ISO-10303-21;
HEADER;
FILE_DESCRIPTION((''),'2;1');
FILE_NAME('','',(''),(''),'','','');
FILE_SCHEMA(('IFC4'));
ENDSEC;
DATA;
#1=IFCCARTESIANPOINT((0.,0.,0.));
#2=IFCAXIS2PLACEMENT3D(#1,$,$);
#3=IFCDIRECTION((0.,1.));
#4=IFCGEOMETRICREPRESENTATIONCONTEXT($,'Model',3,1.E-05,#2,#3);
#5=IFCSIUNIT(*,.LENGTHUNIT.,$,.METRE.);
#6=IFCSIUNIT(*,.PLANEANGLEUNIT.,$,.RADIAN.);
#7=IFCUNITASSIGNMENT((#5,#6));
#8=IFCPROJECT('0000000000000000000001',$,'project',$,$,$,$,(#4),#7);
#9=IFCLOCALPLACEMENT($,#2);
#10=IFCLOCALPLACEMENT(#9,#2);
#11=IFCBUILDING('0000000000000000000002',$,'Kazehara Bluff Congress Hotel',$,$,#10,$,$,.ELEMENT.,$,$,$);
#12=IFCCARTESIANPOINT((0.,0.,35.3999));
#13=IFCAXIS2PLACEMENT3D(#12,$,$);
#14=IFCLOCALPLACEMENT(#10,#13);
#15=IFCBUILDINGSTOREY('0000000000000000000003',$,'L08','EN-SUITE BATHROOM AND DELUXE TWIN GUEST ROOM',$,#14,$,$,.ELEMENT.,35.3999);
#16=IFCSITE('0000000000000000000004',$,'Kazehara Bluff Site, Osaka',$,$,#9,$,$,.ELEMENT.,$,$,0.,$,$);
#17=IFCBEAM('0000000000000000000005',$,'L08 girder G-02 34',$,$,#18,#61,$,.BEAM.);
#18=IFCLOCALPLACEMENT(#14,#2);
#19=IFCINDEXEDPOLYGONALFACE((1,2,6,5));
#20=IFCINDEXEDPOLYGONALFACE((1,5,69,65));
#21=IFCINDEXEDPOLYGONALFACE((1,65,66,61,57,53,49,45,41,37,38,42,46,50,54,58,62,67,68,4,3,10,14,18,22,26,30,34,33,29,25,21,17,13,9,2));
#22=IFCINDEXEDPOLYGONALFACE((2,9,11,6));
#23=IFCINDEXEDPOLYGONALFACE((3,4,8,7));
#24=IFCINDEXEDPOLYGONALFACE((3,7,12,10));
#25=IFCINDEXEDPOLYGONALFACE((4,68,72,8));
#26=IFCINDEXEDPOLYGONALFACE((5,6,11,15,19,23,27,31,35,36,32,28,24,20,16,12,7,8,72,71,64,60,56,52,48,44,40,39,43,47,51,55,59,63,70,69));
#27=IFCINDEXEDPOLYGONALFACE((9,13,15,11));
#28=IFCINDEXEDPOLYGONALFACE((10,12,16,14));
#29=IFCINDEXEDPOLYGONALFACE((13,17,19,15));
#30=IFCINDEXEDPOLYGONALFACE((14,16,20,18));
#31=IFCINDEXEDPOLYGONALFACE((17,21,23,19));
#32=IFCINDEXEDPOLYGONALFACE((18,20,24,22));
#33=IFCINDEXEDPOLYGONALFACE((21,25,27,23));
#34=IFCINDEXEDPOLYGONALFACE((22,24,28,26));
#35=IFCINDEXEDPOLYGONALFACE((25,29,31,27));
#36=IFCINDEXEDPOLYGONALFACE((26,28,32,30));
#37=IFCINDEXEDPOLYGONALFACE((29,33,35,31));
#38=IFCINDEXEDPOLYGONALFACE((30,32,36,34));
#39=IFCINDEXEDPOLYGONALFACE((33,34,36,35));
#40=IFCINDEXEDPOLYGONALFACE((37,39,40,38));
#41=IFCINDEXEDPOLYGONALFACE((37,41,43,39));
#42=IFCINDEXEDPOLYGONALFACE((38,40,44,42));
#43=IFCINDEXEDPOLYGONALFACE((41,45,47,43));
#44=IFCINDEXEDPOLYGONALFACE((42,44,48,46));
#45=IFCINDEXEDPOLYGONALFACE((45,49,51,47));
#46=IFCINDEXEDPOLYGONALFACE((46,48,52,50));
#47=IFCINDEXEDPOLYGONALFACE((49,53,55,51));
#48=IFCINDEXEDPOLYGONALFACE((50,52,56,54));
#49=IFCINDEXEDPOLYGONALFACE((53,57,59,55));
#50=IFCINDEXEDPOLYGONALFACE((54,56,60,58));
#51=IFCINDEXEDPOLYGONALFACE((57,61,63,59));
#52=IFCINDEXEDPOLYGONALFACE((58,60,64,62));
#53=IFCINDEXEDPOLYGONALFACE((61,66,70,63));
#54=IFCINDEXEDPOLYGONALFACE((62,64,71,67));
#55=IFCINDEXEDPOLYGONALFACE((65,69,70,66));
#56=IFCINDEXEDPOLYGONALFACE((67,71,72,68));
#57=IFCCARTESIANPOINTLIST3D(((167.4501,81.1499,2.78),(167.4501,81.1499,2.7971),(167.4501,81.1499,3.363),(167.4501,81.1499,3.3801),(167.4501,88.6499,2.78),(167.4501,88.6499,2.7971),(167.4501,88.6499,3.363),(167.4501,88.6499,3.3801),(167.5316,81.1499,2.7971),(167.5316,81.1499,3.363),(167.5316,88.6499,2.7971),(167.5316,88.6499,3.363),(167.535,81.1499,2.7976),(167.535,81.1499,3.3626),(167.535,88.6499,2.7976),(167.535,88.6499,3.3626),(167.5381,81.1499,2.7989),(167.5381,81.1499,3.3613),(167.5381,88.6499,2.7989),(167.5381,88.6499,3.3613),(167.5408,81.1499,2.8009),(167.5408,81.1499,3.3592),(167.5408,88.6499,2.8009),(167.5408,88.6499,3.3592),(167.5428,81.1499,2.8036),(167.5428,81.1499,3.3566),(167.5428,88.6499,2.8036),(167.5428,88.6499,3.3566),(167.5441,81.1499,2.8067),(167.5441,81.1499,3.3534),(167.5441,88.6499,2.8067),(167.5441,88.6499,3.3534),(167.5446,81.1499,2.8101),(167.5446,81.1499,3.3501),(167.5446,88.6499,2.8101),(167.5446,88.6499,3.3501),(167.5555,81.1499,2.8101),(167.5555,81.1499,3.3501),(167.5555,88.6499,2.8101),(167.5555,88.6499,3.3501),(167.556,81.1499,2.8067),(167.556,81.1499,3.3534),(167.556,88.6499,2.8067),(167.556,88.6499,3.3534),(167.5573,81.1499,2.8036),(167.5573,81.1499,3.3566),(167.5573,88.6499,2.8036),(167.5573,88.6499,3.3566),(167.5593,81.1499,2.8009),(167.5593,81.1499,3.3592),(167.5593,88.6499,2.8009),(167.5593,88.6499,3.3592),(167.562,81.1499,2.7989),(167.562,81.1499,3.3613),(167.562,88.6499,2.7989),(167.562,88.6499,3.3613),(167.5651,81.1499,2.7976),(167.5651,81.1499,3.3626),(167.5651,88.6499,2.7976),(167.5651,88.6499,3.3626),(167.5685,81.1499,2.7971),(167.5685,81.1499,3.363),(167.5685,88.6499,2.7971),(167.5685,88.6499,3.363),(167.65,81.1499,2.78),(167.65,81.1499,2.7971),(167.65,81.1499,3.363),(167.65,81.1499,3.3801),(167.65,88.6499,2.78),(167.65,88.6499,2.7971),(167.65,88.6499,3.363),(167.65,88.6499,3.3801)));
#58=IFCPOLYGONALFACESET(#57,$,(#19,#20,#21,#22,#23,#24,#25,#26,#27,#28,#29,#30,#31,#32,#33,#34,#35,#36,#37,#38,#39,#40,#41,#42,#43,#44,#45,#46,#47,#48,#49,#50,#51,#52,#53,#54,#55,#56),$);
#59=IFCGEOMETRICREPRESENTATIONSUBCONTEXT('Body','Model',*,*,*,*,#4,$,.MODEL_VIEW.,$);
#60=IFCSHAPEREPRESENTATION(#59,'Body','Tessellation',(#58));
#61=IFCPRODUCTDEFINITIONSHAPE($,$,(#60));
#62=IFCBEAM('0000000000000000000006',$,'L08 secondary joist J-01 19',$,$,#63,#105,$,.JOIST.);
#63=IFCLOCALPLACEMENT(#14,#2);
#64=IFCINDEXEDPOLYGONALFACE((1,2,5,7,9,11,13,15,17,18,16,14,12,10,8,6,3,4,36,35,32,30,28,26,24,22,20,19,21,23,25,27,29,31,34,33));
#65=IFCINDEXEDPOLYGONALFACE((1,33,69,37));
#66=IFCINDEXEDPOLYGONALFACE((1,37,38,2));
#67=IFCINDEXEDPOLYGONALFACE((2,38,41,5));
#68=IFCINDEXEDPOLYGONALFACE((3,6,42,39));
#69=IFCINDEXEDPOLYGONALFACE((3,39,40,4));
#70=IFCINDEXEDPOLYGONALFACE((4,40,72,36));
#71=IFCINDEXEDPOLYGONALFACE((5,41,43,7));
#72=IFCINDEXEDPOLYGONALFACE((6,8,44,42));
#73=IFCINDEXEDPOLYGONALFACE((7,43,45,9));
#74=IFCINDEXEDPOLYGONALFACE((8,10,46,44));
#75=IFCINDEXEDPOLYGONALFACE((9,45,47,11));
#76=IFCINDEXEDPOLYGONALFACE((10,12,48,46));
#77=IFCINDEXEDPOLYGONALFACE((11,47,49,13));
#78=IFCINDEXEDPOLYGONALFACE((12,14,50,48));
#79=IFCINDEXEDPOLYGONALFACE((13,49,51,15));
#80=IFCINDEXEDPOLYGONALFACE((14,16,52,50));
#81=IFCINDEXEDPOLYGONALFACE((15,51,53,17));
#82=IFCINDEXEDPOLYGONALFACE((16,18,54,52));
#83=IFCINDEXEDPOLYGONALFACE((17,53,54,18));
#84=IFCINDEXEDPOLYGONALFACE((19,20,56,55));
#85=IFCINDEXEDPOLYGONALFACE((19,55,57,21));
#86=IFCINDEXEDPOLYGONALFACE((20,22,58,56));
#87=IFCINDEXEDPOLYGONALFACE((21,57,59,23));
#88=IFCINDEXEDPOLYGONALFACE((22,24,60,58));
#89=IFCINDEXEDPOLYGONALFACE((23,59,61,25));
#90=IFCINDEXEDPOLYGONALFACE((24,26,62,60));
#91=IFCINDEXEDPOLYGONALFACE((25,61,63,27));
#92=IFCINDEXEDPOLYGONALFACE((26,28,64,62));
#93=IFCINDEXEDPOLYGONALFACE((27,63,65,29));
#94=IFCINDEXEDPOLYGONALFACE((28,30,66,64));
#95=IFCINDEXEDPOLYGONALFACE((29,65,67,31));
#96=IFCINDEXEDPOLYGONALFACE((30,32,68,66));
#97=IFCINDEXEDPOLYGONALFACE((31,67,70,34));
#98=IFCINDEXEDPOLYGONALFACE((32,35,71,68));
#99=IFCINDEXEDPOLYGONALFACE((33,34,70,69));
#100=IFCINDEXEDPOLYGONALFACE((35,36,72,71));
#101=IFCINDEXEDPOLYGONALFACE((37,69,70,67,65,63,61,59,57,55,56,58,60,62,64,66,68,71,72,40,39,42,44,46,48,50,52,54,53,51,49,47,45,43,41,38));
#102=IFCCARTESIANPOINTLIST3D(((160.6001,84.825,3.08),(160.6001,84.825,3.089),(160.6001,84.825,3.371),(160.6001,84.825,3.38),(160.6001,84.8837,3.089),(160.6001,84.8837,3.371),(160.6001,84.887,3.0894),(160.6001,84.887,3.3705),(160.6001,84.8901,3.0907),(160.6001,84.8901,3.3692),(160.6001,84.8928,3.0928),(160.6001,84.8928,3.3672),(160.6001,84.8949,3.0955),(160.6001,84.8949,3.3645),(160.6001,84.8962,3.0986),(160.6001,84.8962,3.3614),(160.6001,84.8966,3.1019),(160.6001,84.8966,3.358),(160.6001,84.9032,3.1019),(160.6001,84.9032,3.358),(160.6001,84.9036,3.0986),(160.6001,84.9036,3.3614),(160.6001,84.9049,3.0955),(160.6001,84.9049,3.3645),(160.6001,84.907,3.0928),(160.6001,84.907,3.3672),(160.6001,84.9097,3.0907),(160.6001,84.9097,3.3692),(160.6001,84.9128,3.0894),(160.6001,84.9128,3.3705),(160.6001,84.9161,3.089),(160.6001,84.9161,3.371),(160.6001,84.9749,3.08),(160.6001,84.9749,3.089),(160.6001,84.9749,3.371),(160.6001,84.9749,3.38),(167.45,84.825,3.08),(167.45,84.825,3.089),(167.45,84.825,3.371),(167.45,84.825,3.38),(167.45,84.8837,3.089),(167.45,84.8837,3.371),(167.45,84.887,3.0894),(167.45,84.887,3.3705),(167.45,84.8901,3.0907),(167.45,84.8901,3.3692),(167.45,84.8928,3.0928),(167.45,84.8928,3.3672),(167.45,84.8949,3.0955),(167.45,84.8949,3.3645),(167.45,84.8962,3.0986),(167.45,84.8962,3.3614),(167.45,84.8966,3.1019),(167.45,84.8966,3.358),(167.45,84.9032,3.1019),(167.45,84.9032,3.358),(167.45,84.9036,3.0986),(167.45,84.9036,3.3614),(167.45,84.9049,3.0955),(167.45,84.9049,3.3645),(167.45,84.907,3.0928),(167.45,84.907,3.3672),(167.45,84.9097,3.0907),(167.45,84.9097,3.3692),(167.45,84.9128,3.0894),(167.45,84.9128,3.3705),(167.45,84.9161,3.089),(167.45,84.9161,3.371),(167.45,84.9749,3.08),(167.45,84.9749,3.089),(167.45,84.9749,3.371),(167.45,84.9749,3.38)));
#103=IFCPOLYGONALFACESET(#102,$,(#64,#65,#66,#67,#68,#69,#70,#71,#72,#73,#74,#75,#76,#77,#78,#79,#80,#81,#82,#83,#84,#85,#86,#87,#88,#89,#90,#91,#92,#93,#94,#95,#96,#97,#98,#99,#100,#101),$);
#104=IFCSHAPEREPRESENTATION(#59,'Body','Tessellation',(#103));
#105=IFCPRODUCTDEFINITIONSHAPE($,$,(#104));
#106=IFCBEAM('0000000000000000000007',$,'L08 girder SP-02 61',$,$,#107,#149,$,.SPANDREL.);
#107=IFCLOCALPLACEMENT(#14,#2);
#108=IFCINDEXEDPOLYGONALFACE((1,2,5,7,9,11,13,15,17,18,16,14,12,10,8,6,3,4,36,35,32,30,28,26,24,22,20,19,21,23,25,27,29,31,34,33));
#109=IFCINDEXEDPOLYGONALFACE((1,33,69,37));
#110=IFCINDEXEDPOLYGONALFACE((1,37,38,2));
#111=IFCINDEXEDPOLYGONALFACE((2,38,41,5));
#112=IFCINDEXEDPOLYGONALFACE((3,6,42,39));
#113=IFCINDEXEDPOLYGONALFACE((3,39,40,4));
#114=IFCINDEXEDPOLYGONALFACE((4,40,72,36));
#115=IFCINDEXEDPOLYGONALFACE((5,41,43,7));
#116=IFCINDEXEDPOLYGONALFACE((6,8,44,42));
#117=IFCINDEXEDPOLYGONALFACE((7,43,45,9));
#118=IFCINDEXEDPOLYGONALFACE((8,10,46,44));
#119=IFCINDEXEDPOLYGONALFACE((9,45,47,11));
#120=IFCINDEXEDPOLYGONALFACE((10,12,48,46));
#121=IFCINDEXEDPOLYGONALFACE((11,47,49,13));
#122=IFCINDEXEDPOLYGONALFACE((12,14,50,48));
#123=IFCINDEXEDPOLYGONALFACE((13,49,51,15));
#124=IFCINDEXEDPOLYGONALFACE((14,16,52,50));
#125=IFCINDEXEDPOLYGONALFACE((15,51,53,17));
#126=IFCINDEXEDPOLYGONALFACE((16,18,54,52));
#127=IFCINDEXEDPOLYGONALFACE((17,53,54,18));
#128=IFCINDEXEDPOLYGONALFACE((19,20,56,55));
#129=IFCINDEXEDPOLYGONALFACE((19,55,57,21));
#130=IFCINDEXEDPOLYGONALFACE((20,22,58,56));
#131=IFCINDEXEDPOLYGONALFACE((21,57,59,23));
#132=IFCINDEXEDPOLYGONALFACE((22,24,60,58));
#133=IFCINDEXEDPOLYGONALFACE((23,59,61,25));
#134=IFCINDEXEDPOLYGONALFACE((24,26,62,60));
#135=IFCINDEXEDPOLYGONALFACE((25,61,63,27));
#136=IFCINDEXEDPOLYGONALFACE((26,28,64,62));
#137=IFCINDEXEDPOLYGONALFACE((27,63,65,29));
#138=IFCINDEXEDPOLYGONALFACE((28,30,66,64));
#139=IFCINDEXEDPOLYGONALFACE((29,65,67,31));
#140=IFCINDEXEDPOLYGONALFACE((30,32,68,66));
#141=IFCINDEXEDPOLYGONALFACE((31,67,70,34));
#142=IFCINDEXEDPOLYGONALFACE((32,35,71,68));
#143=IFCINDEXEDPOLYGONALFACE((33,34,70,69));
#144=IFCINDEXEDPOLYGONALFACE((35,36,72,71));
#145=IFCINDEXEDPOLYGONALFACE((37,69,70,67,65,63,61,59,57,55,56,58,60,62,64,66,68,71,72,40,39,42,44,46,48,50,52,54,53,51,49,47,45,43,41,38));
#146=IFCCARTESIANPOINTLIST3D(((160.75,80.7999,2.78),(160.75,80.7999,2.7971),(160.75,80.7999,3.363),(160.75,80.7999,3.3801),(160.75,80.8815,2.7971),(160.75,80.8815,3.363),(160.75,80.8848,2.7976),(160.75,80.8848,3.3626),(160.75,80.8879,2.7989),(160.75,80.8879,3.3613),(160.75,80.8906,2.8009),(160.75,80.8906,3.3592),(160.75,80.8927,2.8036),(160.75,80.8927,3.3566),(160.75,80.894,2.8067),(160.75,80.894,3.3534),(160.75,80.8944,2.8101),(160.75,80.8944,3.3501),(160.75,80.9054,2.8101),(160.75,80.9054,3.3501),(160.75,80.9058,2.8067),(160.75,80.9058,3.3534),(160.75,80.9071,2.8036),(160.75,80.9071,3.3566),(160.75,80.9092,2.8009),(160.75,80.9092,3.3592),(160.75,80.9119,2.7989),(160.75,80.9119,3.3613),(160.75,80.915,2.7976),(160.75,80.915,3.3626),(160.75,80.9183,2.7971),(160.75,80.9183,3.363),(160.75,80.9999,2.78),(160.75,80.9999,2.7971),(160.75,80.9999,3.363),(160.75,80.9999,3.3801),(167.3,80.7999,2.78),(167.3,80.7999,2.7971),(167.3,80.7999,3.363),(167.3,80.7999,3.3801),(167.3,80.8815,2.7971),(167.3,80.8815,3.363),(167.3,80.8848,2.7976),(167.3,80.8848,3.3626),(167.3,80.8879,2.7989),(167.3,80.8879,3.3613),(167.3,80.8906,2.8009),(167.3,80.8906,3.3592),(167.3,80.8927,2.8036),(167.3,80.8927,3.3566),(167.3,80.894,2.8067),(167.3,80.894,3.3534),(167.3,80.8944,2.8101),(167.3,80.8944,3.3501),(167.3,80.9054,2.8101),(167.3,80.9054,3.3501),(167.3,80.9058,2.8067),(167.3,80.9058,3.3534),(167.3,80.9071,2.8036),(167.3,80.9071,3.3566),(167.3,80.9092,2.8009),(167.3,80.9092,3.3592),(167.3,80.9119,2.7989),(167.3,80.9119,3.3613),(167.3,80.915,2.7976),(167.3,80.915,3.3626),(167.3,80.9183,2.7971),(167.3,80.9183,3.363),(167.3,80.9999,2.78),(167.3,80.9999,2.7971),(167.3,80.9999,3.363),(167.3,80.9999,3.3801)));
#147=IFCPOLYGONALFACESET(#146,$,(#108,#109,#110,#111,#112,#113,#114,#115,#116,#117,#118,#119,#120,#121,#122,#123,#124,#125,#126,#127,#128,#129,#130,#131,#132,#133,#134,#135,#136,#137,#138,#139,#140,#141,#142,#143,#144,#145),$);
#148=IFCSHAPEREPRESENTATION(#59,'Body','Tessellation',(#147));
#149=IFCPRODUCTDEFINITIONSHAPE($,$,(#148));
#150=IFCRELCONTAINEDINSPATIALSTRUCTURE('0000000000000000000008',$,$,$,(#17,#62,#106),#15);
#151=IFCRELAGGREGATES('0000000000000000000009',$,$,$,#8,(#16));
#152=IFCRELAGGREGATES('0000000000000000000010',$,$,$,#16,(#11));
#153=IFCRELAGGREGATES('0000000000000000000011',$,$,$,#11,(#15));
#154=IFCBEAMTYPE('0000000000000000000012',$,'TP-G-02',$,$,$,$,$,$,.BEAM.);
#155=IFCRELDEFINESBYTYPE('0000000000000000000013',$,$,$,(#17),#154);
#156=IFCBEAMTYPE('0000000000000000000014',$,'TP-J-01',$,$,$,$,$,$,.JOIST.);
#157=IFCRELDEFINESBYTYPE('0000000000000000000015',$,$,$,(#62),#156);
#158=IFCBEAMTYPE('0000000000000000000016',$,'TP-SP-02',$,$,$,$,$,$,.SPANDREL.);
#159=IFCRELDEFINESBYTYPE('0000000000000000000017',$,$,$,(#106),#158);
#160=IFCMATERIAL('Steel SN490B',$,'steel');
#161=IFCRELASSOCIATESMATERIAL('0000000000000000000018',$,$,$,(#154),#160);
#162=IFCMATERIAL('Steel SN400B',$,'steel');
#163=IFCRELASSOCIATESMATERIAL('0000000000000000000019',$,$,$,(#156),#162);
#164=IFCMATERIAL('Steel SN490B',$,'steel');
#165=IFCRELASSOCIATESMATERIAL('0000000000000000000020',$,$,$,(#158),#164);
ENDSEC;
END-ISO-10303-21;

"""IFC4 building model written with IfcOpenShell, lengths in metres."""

from ifc_helpers import new_model, si_unit, direction, frame, origin, origin_2d, place, context, subcontext, project, spatial, i_section, extrude, material, material_profile, profile_set, type_object, element, save


model = new_model("IFC4")

# Units and contexts
model_context = context("Model", 3, precision=1e-05, world=origin(), true_north=direction((0.0, 1.0)))
body_context = subcontext(model_context, "Body", "Model", "MODEL_VIEW")
ifc_project = project(units=[si_unit("LENGTHUNIT", "METRE"), si_unit("PLANEANGLEUNIT", "RADIAN")], contexts=[model_context])

# Site, building, storey
site_placement = place(None, origin())
site = spatial("IfcSite", under=ifc_project, at=site_placement, Name="Kazehara Bluff Site, Osaka", CompositionType="ELEMENT", RefElevation=0.0)
building_placement = place(site_placement, origin())
building = spatial("IfcBuilding", under=site, at=building_placement, Name="Kazehara Bluff Congress Hotel", CompositionType="ELEMENT")
storey_placement = place(building_placement, frame((0.0, 0.0, 35.3999)))
storey = spatial("IfcBuildingStorey", under=building, at=storey_placement, Name="L08", Description="EN-SUITE BATHROOM AND DELUXE TWIN GUEST ROOM", CompositionType="ELEMENT", Elevation=35.3999)

# Beams
ifc_material_1 = material(Name="Steel SN490B", Category="steel")
ifc_material_profile_1 = material_profile(ifc_material_1, i_section(OverallWidth=0.2, OverallDepth=0.6001, WebThickness=0.011, FlangeThickness=0.0171, FilletRadius=0.0129, at=origin_2d()))
ifc_profile_set_1 = profile_set([ifc_material_profile_1], Name="Steel SN490B")
beam_type_1 = type_object("IfcBeamType", Name="TP-G-02", PredefinedType="BEAM", material=ifc_profile_set_1)
for number, where, z_axis, x_axis, name in (
    (1, (167.55, 81.1499, 3.0801), (0.0, 1.0, 0.0), (-1.0, 0.0, 0.0), "L08 girder G-02 34"),
):
    element("IfcBeam", number, at=place(storey_placement, frame(where, z_axis=z_axis, x_axis=x_axis)), inside=storey, type_object=beam_type_1, Name=name, PredefinedType="BEAM", context=body_context, shape_type="SweptSolid", body=[
        extrude(i_section(OverallWidth=0.2, OverallDepth=0.6001, WebThickness=0.011, FlangeThickness=0.0171, FilletRadius=0.0129, at=origin_2d()), origin(), (0.0, 0.0, 1.0), 7.5),
    ])
ifc_material_2 = material(Name="Steel SN400B", Category="steel")
ifc_material_profile_2 = material_profile(ifc_material_2, i_section(OverallWidth=0.1499, OverallDepth=0.3, WebThickness=0.0066, FlangeThickness=0.009, FilletRadius=0.0129, at=origin_2d()))
ifc_profile_set_2 = profile_set([ifc_material_profile_2], Name="Steel SN400B")
beam_type_2 = type_object("IfcBeamType", Name="TP-J-01", PredefinedType="JOIST", material=ifc_profile_set_2)
beam_1_placement = place(storey_placement, frame((160.6001, 84.8999, 3.23), z_axis=(1.0, 0.0, 0.0), x_axis=(0.0, 1.0, 0.0)))
element("IfcBeam", 2, at=beam_1_placement, inside=storey, type_object=beam_type_2, Name="L08 secondary joist J-01 19", PredefinedType="JOIST", context=body_context, shape_type="SweptSolid", body=[
    extrude(i_section(OverallWidth=0.1499, OverallDepth=0.3, WebThickness=0.0066, FlangeThickness=0.009, FilletRadius=0.0129, at=origin_2d()), origin(), (0.0, 0.0, 1.0), 6.8499),
])
ifc_material_3 = material(Name="Steel SN490B", Category="steel")
ifc_material_profile_3 = material_profile(ifc_material_3, i_section(OverallWidth=0.2, OverallDepth=0.6001, WebThickness=0.011, FlangeThickness=0.0171, FilletRadius=0.0129, at=origin_2d()))
ifc_profile_set_3 = profile_set([ifc_material_profile_3], Name="Steel SN490B")
beam_type_3 = type_object("IfcBeamType", Name="TP-SP-02", PredefinedType="SPANDREL", material=ifc_profile_set_3)
beam_2_placement = place(storey_placement, frame((160.75, 80.8999, 3.0801), z_axis=(1.0, 0.0, 0.0), x_axis=(0.0, 1.0, 0.0)))
element("IfcBeam", 3, at=beam_2_placement, inside=storey, type_object=beam_type_3, Name="L08 girder SP-02 61", PredefinedType="SPANDREL", context=body_context, shape_type="SweptSolid", body=[
    extrude(i_section(OverallWidth=0.2, OverallDepth=0.6001, WebThickness=0.011, FlangeThickness=0.0171, FilletRadius=0.0129, at=origin_2d()), origin(), (0.0, 0.0, 1.0), 6.55),
])

save(model, "model.ifc")
